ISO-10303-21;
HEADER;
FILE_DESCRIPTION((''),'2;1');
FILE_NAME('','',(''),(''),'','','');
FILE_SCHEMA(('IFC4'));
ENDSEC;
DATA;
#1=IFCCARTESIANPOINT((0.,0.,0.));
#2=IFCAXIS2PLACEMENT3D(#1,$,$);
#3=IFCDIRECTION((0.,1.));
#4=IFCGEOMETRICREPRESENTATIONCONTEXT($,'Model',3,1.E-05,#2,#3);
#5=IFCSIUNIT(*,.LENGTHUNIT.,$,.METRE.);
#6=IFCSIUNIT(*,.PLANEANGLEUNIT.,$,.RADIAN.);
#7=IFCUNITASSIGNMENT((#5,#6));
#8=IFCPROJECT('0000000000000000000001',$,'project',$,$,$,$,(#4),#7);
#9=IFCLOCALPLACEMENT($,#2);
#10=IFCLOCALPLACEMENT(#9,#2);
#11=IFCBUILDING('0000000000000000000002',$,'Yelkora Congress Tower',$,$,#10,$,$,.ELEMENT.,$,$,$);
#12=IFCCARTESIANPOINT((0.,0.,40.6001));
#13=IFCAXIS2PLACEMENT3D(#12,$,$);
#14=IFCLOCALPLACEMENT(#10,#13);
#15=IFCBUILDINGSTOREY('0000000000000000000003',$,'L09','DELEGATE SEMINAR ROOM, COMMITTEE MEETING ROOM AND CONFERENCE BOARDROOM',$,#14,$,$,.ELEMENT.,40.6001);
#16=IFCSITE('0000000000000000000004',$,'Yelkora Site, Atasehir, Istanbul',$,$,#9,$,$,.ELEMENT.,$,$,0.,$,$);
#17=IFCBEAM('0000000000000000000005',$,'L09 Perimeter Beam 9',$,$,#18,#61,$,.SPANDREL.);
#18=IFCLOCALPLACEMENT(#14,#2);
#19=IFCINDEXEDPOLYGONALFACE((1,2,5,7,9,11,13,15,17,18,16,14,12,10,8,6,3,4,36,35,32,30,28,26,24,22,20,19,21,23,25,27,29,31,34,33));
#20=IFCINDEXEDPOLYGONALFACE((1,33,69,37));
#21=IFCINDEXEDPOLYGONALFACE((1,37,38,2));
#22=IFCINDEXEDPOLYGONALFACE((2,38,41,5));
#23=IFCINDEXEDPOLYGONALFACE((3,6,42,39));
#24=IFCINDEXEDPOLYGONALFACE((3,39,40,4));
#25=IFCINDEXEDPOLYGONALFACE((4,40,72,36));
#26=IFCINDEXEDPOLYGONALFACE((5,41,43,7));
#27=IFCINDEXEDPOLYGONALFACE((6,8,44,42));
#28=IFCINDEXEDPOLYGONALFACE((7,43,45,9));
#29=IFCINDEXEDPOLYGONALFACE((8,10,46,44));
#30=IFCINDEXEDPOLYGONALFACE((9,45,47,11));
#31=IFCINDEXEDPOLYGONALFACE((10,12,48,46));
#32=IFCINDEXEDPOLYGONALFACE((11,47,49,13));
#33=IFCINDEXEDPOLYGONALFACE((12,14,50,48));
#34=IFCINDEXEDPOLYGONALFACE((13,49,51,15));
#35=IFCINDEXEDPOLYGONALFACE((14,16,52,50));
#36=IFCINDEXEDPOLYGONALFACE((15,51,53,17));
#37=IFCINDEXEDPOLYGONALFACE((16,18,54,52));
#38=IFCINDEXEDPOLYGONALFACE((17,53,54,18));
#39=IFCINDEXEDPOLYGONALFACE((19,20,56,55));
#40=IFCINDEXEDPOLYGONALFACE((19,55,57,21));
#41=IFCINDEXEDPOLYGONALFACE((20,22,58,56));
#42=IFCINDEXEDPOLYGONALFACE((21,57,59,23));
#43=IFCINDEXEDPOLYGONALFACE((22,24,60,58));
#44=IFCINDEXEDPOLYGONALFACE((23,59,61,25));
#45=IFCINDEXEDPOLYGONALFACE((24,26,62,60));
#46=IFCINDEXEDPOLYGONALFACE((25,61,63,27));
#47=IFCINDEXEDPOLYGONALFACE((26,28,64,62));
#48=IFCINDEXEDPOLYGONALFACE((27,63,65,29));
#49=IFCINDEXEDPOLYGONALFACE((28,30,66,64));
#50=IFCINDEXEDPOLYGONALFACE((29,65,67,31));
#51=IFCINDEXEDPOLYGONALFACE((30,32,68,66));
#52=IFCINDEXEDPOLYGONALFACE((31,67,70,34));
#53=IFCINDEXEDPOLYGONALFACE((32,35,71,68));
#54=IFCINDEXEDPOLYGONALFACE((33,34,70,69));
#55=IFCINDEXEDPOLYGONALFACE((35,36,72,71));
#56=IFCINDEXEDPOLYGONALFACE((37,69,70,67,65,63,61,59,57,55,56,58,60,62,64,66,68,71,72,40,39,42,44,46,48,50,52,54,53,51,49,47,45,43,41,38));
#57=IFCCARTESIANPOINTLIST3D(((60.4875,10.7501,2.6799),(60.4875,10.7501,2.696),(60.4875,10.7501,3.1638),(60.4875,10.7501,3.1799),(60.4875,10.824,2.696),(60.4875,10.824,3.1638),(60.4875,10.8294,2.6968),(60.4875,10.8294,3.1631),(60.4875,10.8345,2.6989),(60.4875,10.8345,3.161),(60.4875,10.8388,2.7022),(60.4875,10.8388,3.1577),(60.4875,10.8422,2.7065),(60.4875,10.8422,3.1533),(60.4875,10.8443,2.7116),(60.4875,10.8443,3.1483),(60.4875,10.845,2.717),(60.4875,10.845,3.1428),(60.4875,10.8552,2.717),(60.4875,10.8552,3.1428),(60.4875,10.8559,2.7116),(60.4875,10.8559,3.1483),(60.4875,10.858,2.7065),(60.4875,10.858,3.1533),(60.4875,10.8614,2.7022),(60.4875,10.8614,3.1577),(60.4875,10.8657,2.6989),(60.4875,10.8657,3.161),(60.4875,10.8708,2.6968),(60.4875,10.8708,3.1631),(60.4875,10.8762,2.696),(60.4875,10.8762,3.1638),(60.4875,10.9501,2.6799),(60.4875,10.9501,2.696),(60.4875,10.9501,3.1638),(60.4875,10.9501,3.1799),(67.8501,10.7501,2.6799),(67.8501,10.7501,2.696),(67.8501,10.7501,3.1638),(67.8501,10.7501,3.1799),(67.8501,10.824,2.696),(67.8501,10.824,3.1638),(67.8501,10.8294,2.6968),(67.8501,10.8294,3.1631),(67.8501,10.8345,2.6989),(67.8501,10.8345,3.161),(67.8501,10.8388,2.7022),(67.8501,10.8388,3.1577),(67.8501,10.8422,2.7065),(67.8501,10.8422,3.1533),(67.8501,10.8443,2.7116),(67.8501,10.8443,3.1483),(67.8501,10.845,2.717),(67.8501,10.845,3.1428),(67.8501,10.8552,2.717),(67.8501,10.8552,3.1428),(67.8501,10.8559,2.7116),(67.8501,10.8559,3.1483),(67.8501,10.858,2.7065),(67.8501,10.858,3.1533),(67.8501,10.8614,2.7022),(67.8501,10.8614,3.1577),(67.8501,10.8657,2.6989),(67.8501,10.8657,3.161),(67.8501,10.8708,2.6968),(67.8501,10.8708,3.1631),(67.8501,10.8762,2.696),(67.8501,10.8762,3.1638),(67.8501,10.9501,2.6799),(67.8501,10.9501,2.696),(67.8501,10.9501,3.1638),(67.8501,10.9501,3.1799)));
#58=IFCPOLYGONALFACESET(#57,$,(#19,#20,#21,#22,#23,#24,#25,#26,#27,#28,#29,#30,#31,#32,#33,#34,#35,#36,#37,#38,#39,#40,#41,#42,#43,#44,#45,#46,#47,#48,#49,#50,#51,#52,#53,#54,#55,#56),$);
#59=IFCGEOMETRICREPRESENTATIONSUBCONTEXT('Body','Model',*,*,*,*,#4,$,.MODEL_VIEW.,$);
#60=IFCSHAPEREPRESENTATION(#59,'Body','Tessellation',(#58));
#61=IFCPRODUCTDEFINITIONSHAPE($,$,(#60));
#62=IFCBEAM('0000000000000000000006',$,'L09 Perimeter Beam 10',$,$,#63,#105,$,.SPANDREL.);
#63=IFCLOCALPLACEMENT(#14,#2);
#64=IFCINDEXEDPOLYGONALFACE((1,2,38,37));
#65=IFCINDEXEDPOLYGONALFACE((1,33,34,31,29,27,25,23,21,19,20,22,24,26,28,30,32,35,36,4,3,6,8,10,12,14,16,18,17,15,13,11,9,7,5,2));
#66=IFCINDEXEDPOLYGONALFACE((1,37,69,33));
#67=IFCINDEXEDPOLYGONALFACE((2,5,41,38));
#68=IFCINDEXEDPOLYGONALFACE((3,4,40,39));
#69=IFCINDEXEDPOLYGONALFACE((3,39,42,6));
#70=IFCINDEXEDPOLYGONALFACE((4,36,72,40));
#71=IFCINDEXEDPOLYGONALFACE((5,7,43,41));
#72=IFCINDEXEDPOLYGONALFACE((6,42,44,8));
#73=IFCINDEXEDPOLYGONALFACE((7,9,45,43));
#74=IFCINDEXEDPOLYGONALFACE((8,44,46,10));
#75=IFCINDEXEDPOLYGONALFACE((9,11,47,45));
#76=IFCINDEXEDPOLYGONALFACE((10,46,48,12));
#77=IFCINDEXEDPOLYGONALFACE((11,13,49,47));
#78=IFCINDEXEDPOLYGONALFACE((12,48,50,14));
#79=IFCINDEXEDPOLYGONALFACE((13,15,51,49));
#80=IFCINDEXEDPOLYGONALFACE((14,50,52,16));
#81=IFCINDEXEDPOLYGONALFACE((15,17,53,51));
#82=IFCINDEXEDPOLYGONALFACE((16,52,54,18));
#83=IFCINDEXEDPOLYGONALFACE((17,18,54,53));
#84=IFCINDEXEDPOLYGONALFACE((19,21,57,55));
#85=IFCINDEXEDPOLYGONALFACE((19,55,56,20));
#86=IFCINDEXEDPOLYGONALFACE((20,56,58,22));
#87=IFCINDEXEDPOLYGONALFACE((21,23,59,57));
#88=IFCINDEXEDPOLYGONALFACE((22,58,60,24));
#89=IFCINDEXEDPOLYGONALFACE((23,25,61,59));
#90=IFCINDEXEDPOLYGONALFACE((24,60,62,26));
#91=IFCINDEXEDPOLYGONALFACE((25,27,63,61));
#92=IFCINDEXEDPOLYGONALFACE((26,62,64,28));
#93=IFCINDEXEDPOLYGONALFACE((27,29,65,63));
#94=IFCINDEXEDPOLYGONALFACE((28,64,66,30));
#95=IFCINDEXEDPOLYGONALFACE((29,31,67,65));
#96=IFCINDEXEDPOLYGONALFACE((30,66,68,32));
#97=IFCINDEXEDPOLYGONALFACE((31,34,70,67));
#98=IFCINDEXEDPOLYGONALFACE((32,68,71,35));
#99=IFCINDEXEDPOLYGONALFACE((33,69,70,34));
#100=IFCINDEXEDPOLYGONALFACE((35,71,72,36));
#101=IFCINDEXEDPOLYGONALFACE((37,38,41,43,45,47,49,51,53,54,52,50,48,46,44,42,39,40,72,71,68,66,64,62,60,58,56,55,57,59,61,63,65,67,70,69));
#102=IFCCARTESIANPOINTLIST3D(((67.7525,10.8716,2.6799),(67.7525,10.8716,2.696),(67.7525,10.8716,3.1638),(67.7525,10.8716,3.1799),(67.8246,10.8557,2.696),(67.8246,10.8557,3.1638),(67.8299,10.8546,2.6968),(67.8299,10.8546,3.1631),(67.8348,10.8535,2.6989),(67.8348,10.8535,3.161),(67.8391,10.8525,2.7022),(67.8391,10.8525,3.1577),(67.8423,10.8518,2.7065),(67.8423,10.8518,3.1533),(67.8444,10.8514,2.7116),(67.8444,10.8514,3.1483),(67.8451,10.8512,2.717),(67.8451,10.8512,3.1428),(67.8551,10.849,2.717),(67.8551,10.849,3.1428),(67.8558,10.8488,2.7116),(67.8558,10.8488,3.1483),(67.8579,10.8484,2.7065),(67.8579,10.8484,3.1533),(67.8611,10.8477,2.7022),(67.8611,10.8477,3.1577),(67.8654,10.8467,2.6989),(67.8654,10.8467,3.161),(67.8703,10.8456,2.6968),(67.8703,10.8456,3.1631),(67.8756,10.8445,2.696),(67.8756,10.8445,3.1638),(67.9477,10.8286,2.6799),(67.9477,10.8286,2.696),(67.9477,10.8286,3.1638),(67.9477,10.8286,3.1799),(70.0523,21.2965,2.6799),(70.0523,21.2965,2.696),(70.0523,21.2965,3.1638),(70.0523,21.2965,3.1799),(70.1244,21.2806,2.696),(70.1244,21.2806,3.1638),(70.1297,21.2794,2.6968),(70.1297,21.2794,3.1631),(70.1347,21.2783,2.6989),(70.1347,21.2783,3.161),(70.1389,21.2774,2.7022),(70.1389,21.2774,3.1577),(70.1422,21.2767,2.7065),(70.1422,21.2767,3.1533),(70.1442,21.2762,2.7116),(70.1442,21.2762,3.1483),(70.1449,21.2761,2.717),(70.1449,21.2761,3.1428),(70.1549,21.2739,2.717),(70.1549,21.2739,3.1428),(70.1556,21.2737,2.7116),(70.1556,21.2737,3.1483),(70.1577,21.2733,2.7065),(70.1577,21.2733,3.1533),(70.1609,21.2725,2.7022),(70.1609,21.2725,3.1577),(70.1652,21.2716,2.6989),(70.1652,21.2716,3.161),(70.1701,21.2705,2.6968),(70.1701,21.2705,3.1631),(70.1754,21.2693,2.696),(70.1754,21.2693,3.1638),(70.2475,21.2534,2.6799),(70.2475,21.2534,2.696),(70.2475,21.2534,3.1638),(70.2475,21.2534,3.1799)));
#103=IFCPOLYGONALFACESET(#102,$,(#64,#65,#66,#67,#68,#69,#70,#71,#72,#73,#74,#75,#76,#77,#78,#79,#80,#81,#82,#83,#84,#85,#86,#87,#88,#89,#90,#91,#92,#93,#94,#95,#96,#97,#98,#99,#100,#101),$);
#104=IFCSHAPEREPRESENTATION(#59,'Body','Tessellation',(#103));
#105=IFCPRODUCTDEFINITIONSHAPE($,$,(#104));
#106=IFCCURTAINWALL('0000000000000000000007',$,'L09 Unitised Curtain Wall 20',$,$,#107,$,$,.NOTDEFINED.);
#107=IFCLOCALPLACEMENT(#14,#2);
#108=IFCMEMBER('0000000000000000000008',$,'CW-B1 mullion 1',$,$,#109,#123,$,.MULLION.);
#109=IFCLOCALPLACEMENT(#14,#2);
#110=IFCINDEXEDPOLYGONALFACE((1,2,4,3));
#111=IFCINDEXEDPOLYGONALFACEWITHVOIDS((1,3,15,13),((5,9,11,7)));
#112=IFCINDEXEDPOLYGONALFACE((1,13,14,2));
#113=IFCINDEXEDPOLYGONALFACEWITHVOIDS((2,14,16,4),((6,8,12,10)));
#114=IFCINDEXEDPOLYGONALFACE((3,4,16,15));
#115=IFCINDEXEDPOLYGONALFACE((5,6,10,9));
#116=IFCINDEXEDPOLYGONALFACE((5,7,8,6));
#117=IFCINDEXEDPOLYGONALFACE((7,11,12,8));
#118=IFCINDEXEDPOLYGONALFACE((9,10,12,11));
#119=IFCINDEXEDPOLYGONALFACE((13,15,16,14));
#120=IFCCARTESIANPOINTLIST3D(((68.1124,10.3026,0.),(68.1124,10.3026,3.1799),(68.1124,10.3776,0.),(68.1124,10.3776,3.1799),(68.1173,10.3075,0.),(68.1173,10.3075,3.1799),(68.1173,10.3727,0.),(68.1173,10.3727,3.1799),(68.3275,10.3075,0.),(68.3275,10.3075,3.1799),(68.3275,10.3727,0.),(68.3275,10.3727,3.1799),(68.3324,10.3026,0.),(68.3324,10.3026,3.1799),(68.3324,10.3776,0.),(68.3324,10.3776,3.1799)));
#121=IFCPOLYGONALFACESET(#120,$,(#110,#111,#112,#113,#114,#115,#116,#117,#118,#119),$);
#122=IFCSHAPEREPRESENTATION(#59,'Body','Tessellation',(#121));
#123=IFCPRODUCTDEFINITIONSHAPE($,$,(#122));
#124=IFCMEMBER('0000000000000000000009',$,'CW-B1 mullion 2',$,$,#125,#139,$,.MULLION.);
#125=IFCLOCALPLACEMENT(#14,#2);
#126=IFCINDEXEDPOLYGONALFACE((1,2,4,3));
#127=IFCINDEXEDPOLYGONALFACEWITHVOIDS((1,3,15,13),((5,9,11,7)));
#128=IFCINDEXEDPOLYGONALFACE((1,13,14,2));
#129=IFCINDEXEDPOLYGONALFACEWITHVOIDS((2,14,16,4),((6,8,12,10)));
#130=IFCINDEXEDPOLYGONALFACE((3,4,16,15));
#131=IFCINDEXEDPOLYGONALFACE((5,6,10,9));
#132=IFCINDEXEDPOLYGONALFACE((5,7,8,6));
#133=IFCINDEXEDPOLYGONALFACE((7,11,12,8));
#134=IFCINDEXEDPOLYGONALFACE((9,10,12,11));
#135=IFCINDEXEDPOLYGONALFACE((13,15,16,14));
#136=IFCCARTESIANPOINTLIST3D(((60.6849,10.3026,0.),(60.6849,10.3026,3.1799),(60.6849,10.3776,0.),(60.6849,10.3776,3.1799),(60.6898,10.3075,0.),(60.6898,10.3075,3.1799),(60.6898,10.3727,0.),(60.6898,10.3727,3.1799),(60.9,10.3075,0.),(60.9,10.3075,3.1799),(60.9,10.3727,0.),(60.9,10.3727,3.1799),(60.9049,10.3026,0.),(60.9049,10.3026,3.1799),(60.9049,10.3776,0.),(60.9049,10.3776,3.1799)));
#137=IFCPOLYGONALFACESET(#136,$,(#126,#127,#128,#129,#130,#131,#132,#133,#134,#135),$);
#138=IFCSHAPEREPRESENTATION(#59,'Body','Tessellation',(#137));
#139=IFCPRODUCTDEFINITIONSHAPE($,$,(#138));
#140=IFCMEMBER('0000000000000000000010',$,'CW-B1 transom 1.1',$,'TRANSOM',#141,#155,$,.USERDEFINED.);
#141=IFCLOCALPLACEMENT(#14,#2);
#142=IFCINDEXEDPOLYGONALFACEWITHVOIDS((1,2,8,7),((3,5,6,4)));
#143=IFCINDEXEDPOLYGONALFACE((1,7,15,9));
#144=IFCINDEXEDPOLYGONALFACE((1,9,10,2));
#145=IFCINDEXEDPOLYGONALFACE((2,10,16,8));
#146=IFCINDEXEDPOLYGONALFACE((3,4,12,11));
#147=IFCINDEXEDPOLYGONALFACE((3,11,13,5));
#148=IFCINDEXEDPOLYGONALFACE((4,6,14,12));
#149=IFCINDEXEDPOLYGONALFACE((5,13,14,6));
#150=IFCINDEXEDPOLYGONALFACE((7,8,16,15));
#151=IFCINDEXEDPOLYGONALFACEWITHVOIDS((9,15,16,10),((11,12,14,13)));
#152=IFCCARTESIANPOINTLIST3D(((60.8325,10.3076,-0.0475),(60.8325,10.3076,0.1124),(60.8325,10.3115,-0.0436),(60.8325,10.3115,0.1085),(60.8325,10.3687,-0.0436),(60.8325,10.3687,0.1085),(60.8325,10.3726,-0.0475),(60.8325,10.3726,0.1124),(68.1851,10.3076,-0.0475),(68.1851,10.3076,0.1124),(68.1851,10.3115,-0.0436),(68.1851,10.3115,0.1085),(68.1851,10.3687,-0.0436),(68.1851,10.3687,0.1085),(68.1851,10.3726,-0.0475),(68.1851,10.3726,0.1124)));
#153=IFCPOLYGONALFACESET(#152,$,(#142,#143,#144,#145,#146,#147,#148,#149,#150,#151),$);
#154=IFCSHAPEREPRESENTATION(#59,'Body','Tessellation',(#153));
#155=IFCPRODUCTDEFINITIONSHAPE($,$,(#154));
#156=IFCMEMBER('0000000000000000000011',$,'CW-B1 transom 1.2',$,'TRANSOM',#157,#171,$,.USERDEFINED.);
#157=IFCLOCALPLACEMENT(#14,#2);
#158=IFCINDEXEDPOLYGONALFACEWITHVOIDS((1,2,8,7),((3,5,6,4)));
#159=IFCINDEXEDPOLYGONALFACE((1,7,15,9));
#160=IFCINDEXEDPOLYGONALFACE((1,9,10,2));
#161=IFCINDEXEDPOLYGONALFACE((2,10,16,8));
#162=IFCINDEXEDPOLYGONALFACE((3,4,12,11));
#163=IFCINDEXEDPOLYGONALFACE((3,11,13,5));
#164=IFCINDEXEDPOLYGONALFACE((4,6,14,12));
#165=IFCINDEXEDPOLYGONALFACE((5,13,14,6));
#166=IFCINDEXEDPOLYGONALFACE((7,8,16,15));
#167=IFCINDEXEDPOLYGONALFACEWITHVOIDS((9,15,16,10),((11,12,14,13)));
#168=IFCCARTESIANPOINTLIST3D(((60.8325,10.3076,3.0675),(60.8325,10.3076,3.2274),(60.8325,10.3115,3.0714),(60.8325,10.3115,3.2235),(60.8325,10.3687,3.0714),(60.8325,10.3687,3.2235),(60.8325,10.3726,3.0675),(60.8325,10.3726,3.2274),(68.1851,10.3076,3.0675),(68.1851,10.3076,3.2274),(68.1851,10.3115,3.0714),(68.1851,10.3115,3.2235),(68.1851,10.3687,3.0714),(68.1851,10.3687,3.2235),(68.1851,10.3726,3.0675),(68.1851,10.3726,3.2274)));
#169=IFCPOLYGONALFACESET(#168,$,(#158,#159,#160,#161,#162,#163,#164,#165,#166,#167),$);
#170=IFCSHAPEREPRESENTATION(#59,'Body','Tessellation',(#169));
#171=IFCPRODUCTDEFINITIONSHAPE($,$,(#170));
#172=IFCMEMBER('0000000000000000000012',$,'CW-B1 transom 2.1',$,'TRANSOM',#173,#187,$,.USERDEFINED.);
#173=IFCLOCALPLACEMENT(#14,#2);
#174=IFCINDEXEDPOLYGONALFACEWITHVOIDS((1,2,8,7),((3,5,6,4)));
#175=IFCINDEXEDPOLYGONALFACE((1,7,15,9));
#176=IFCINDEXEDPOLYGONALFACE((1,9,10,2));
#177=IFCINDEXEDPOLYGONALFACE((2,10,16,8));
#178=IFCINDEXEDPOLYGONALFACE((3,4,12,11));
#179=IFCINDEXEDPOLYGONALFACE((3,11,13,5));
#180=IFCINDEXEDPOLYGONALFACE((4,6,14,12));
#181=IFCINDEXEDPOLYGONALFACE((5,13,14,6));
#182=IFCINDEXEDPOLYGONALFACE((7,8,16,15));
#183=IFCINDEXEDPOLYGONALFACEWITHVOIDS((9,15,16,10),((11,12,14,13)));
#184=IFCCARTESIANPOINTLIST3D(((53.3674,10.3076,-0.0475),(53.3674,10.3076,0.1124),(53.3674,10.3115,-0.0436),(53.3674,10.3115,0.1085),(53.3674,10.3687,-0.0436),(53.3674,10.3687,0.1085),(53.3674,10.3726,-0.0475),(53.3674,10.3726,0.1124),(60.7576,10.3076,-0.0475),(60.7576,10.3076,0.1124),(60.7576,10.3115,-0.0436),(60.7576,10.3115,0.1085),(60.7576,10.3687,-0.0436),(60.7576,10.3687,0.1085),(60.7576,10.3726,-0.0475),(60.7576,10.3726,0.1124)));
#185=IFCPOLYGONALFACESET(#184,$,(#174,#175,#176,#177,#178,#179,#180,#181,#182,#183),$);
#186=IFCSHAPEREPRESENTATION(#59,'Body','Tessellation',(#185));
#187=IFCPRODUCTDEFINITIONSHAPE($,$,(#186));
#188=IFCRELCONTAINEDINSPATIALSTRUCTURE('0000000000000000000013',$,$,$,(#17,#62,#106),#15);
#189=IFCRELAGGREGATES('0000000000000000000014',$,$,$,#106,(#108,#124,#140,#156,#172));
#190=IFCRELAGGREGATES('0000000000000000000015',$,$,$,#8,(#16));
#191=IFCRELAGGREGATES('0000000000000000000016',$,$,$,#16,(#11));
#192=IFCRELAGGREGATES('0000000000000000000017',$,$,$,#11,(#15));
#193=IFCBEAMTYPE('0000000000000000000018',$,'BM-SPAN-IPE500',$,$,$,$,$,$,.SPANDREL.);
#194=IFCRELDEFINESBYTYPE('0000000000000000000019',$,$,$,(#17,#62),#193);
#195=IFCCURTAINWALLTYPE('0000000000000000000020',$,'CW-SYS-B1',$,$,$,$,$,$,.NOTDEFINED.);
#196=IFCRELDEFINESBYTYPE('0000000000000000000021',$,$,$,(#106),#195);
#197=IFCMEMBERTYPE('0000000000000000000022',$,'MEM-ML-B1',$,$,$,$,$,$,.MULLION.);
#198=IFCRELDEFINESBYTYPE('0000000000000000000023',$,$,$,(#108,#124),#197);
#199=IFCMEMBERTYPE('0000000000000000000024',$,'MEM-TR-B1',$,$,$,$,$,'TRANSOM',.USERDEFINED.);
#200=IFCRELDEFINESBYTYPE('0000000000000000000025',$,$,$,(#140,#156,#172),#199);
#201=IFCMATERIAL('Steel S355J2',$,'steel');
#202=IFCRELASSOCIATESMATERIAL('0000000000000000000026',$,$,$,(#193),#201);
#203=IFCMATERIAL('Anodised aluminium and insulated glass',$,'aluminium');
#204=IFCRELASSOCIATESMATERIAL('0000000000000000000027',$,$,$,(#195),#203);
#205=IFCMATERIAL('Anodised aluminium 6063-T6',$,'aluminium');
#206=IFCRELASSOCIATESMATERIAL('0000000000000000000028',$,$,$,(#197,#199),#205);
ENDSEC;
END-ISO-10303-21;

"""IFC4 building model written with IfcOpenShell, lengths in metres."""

from ifc_helpers import new_model, si_unit, direction, frame, origin, origin_2d, place, context, subcontext, project, spatial, hollow_rectangle, i_section, extrude, material, material_profile, profile_set, type_object, element, aggregate, save


model = new_model("IFC4")

# Units and contexts
model_context = context("Model", 3, precision=1e-05, world=origin(), true_north=direction((0.0, 1.0)))
body_context = subcontext(model_context, "Body", "Model", "MODEL_VIEW")
ifc_project = project(units=[si_unit("LENGTHUNIT", "METRE"), si_unit("PLANEANGLEUNIT", "RADIAN")], contexts=[model_context])

# Site, building, storey
site_placement = place(None, origin())
site = spatial("IfcSite", under=ifc_project, at=site_placement, Name="Yelkora Site, Atasehir, Istanbul", CompositionType="ELEMENT", RefElevation=0.0)
building_placement = place(site_placement, origin())
building = spatial("IfcBuilding", under=site, at=building_placement, Name="Yelkora Congress Tower", CompositionType="ELEMENT")
storey_placement = place(building_placement, frame((0.0, 0.0, 40.6001)))
storey = spatial("IfcBuildingStorey", under=building, at=storey_placement, Name="L09", Description="DELEGATE SEMINAR ROOM, COMMITTEE MEETING ROOM AND CONFERENCE BOARDROOM", CompositionType="ELEMENT", Elevation=40.6001)

# Beams
ifc_material_1 = material(Name="Steel S355J2", Category="steel")
ifc_material_profile_1 = material_profile(ifc_material_1, i_section(OverallWidth=0.2, OverallDepth=0.5, WebThickness=0.0103, FlangeThickness=0.0161, FilletRadius=0.021, at=origin_2d()), Name="IPE 500")
ifc_profile_set_1 = profile_set([ifc_material_profile_1], Name="Steel S355J2")
beam_type_1 = type_object("IfcBeamType", Name="BM-SPAN-IPE500", PredefinedType="SPANDREL", material=ifc_profile_set_1)
beam_1_placement = place(storey_placement, frame((60.4875, 10.8501, 2.9299), z_axis=(1.0, 0.0, 0.0), x_axis=(0.0, 1.0, 0.0)))
element("IfcBeam", 1, at=beam_1_placement, inside=storey, type_object=beam_type_1, Name="L09 Perimeter Beam 9", PredefinedType="SPANDREL", context=body_context, shape_type="SweptSolid", body=[
    extrude(i_section(OverallWidth=0.2, OverallDepth=0.5, WebThickness=0.0103, FlangeThickness=0.0161, FilletRadius=0.021, at=origin_2d()), origin(), (0.0, 0.0, 1.0), 7.3625),
])
beam_2_placement = place(storey_placement, frame((67.8501, 10.8501, 2.9299), z_axis=(0.215429, 0.97652, 0.0), x_axis=(-0.97652, 0.215429, 0.0)))
element("IfcBeam", 2, at=beam_2_placement, inside=storey, type_object=beam_type_1, Name="L09 Perimeter Beam 10", PredefinedType="SPANDREL", context=body_context, shape_type="SweptSolid", body=[
    extrude(i_section(OverallWidth=0.2, OverallDepth=0.5, WebThickness=0.0103, FlangeThickness=0.0161, FilletRadius=0.021, at=origin_2d()), origin(), (0.0, 0.0, 1.0), 10.6755),
])

# Curtain wall, members
ifc_material_2 = material(Name="Anodised aluminium and insulated glass", Category="aluminium")
curtain_wall_type = type_object("IfcCurtainWallType", Name="CW-SYS-B1", PredefinedType="NOTDEFINED", material=ifc_material_2)
curtain_wall_placement = place(storey_placement, origin())
curtain_wall = element("IfcCurtainWall", 3, at=curtain_wall_placement, inside=storey, type_object=curtain_wall_type, Name="L09 Unitised Curtain Wall 20", PredefinedType="NOTDEFINED")
ifc_material_3 = material(Name="Anodised aluminium 6063-T6", Category="aluminium")
ifc_material_profile_2 = material_profile(ifc_material_3, hollow_rectangle(XDim=0.075, YDim=0.22, WallThickness=0.0049, at=origin_2d()), Name="ALU 75x220x5")
ifc_profile_set_2 = profile_set([ifc_material_profile_2], Name="Anodised aluminium 6063-T6")
member_type_1 = type_object("IfcMemberType", Name="MEM-ML-B1", PredefinedType="MULLION", material=ifc_profile_set_2)
member_1_placement = place(storey_placement, frame((68.2224, 10.3401, 0.0), z_axis=(0.0, 0.0, 1.0), x_axis=(0.0, -1.0, 0.0)))
member_1 = element("IfcMember", 4, at=member_1_placement, type_object=member_type_1, Name="CW-B1 mullion 1", PredefinedType="MULLION", context=body_context, shape_type="SweptSolid", body=[
    extrude(hollow_rectangle(XDim=0.075, YDim=0.22, WallThickness=0.0049, at=origin_2d()), origin(), (0.0, 0.0, 1.0), 3.1799),
])
member_2_placement = place(storey_placement, frame((60.7949, 10.3401, 0.0), z_axis=(0.0, 0.0, 1.0), x_axis=(0.0, -1.0, 0.0)))
member_2 = element("IfcMember", 5, at=member_2_placement, type_object=member_type_1, Name="CW-B1 mullion 2", PredefinedType="MULLION", context=body_context, shape_type="SweptSolid", body=[
    extrude(hollow_rectangle(XDim=0.075, YDim=0.22, WallThickness=0.0049, at=origin_2d()), origin(), (0.0, 0.0, 1.0), 3.1799),
])
ifc_material_profile_3 = material_profile(ifc_material_3, hollow_rectangle(XDim=0.0649, YDim=0.1599, WallThickness=0.0039, at=origin_2d()), Name="ALU 65x160x4")
ifc_profile_set_3 = profile_set([ifc_material_profile_3], Name="Anodised aluminium 6063-T6")
member_type_2 = type_object("IfcMemberType", Name="MEM-TR-B1", ElementType="TRANSOM", PredefinedType="USERDEFINED", material=ifc_profile_set_3)
member_3_placement = place(storey_placement, frame((68.1851, 10.3401, 0.0325), z_axis=(-1.0, 0.0, 0.0), x_axis=(0.0, -1.0, 0.0)))
member_3 = element("IfcMember", 6, at=member_3_placement, type_object=member_type_2, Name="CW-B1 transom 1.1", ObjectType="TRANSOM", PredefinedType="USERDEFINED", context=body_context, shape_type="SweptSolid", body=[
    extrude(hollow_rectangle(XDim=0.0649, YDim=0.1599, WallThickness=0.0039, at=origin_2d()), origin(), (0.0, 0.0, 1.0), 7.3525),
])
member_4_placement = place(storey_placement, frame((68.1851, 10.3401, 3.1475), z_axis=(-1.0, 0.0, 0.0), x_axis=(0.0, -1.0, 0.0)))
member_4 = element("IfcMember", 7, at=member_4_placement, type_object=member_type_2, Name="CW-B1 transom 1.2", ObjectType="TRANSOM", PredefinedType="USERDEFINED", context=body_context, shape_type="SweptSolid", body=[
    extrude(hollow_rectangle(XDim=0.0649, YDim=0.1599, WallThickness=0.0039, at=origin_2d()), origin(), (0.0, 0.0, 1.0), 7.3525),
])
member_5_placement = place(storey_placement, frame((60.7576, 10.3401, 0.0325), z_axis=(-1.0, 0.0, 0.0), x_axis=(0.0, -1.0, 0.0)))
member_5 = element("IfcMember", 8, at=member_5_placement, type_object=member_type_2, Name="CW-B1 transom 2.1", ObjectType="TRANSOM", PredefinedType="USERDEFINED", context=body_context, shape_type="SweptSolid", body=[
    extrude(hollow_rectangle(XDim=0.0649, YDim=0.1599, WallThickness=0.0039, at=origin_2d()), origin(), (0.0, 0.0, 1.0), 7.3901),
])
aggregate(curtain_wall, [member_1, member_2, member_3, member_4, member_5])

save(model, "model.ifc")
